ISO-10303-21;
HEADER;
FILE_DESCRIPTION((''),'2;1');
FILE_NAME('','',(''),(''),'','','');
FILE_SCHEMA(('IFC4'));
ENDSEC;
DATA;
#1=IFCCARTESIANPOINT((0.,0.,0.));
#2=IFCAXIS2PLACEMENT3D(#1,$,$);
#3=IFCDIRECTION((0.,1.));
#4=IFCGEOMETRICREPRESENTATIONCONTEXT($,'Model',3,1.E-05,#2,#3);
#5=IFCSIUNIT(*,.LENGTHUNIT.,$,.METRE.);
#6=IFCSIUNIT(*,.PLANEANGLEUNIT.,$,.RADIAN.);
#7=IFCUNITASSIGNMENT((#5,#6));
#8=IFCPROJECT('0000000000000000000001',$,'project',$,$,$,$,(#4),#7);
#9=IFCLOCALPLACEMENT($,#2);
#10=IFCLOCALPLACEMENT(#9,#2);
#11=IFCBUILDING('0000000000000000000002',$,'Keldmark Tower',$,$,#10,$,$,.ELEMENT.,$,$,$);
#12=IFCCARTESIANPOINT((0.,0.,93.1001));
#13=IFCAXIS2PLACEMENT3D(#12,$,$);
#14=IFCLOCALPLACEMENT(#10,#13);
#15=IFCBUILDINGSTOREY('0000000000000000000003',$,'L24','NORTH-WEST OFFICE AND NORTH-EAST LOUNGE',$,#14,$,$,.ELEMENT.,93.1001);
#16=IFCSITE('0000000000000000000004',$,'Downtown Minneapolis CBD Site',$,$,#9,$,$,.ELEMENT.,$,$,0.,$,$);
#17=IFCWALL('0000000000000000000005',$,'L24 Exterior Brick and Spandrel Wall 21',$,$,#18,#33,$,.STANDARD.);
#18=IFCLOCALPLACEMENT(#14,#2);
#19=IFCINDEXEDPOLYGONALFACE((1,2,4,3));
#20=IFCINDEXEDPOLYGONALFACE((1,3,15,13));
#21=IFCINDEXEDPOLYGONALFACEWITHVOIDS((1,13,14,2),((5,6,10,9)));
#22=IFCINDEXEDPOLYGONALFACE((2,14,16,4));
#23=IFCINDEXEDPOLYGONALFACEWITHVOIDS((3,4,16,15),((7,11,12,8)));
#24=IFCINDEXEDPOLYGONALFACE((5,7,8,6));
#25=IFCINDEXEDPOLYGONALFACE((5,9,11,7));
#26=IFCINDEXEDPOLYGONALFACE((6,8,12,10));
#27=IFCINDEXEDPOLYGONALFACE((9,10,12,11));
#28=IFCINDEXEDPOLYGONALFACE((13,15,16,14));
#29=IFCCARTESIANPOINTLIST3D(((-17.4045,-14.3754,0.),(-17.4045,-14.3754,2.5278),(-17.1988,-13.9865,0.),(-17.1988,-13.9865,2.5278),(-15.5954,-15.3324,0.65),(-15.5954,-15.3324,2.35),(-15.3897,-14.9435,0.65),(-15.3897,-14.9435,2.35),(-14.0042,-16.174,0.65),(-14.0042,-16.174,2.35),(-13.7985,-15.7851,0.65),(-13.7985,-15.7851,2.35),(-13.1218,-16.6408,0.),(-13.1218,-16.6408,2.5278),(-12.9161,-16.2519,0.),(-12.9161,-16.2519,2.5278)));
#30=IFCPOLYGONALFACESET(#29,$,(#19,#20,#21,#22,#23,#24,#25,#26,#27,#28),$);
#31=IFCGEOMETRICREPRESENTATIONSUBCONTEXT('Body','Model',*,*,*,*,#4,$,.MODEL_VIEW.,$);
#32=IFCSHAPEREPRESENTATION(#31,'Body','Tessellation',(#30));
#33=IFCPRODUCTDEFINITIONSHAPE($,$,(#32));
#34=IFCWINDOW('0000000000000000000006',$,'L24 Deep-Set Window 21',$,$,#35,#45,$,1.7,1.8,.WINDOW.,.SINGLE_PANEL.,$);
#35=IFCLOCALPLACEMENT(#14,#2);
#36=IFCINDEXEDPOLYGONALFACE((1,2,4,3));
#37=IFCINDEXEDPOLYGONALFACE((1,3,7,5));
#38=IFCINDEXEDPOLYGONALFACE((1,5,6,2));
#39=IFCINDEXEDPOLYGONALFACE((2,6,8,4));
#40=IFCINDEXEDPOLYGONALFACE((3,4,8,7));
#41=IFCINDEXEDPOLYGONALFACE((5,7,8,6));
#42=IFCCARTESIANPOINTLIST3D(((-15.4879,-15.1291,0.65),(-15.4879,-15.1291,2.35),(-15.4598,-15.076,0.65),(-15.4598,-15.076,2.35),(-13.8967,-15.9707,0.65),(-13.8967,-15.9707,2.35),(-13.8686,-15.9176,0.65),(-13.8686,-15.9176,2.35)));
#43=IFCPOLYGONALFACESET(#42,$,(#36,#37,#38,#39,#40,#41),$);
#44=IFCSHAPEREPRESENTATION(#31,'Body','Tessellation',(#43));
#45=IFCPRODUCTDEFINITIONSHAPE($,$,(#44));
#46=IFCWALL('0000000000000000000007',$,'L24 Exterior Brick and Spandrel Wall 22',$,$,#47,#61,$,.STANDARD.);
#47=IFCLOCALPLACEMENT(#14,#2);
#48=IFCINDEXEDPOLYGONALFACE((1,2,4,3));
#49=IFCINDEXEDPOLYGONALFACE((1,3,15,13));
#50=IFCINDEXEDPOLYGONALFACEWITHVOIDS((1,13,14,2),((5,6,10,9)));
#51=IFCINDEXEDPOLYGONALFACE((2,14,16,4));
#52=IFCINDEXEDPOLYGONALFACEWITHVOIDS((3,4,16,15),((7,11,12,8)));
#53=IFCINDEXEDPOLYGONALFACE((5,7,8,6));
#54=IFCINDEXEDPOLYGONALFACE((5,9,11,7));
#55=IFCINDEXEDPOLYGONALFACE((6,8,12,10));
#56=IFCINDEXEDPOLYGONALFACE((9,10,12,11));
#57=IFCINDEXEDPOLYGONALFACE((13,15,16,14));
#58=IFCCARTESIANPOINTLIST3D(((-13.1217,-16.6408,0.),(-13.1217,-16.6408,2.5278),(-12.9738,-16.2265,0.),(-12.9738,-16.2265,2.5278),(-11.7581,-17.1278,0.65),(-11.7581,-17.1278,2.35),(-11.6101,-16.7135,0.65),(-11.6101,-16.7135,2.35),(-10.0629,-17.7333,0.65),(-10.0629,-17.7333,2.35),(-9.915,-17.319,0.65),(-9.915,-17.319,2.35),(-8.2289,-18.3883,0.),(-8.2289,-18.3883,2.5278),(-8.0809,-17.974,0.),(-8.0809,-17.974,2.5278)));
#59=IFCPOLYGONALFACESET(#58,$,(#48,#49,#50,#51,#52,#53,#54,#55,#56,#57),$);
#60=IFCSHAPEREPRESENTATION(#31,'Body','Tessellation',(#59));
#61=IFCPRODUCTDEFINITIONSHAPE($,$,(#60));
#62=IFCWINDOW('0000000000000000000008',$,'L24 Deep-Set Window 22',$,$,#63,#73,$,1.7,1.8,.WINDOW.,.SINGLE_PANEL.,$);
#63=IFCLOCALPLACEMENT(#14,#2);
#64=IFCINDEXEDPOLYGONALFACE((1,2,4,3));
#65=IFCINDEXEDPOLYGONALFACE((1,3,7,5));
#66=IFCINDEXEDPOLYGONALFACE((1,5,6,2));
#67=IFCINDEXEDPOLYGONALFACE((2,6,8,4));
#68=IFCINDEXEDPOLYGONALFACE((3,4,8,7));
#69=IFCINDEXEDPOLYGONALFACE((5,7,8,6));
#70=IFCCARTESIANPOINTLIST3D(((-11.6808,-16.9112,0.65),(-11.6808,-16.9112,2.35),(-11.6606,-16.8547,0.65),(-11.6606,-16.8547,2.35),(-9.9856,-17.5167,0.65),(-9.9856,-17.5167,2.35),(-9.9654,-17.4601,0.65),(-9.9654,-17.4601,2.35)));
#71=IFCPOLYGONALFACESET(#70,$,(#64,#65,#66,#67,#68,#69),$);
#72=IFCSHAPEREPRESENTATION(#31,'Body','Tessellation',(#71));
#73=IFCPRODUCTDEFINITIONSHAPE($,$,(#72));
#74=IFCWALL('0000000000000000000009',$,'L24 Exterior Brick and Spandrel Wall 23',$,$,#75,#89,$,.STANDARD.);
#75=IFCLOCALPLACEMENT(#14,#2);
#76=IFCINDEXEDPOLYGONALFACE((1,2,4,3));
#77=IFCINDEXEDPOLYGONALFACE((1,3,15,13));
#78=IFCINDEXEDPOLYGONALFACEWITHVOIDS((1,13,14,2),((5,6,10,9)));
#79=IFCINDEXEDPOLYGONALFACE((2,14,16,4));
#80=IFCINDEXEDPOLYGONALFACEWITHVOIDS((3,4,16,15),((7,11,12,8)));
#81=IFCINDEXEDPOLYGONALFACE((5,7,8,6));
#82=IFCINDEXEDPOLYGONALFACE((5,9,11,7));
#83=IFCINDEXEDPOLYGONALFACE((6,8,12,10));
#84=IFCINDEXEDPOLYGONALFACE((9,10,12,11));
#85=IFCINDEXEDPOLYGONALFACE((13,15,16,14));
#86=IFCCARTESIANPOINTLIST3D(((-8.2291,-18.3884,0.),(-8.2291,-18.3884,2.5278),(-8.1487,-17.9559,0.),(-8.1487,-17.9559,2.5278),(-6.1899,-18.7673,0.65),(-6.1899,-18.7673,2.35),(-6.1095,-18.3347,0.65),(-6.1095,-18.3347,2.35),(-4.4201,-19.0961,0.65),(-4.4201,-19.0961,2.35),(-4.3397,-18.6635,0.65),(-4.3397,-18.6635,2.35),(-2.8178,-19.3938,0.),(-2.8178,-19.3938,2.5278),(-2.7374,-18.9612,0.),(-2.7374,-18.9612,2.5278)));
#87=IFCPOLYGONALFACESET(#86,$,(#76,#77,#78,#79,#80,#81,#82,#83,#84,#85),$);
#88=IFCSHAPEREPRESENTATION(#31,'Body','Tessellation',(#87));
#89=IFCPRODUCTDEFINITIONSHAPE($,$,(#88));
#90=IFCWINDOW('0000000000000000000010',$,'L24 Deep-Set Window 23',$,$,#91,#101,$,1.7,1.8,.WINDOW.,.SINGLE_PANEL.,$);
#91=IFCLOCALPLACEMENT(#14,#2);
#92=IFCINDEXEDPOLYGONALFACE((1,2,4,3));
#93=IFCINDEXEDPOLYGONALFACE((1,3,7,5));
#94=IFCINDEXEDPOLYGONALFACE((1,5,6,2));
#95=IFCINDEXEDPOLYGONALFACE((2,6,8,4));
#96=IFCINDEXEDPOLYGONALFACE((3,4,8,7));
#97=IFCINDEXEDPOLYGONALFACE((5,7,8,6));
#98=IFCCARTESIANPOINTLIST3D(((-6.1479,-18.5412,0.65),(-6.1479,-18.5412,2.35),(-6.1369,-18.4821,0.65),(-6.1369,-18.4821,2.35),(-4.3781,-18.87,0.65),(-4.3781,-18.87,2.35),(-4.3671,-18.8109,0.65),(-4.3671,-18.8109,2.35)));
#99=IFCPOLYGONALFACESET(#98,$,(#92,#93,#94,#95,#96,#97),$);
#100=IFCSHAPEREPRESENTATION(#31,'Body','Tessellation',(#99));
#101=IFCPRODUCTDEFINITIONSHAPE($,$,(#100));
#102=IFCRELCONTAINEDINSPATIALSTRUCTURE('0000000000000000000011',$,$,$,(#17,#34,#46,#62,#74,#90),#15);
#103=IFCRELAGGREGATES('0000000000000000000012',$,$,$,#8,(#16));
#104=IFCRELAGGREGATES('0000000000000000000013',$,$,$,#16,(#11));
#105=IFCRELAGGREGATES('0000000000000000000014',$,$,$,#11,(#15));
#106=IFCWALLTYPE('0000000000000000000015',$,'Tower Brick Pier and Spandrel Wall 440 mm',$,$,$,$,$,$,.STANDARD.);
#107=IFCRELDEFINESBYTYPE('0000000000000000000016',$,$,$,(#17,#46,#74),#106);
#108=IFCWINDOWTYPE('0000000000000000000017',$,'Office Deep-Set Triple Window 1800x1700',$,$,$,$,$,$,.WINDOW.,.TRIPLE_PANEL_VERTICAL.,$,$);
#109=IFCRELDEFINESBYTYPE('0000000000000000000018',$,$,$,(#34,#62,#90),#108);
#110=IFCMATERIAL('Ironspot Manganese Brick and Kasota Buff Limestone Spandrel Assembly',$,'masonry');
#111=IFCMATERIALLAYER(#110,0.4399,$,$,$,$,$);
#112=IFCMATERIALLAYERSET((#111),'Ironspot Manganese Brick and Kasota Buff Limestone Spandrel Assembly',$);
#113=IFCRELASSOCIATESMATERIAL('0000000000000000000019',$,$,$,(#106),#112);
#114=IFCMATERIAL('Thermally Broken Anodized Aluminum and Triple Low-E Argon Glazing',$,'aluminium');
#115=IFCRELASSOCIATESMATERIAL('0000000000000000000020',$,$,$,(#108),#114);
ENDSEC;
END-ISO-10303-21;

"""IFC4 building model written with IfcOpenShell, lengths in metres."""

from ifc_helpers import new_model, si_unit, direction, frame, frame_2d, origin, place, context, subcontext, project, spatial, rectangle, extrude, material, layer, layer_set, type_object, element, fill, save


model = new_model("IFC4")

# Units and contexts
model_context = context("Model", 3, precision=1e-05, world=origin(), true_north=direction((0.0, 1.0)))
body_context = subcontext(model_context, "Body", "Model", "MODEL_VIEW")
ifc_project = project(units=[si_unit("LENGTHUNIT", "METRE"), si_unit("PLANEANGLEUNIT", "RADIAN")], contexts=[model_context])

# Site, building, storey
site_placement = place(None, origin())
site = spatial("IfcSite", under=ifc_project, at=site_placement, Name="Downtown Minneapolis CBD Site", CompositionType="ELEMENT", RefElevation=0.0)
building_placement = place(site_placement, origin())
building = spatial("IfcBuilding", under=site, at=building_placement, Name="Keldmark Tower", CompositionType="ELEMENT")
storey_placement = place(building_placement, frame((0.0, 0.0, 93.1001)))
storey = spatial("IfcBuildingStorey", under=building, at=storey_placement, Name="L24", Description="NORTH-WEST OFFICE AND NORTH-EAST LOUNGE", CompositionType="ELEMENT", Elevation=93.1001)

# Walls, openings, windows
ifc_material_1 = material(Name="Ironspot Manganese Brick and Kasota Buff Limestone Spandrel Assembly", Category="masonry")
ifc_layer_1 = layer(ifc_material_1, 0.4399)
ifc_layer_set_1 = layer_set([ifc_layer_1], Name="Ironspot Manganese Brick and Kasota Buff Limestone Spandrel Assembly")
wall_type_1 = type_object("IfcWallType", Name="Tower Brick Pier and Spandrel Wall 440 mm", PredefinedType="STANDARD", material=ifc_layer_set_1)
wall_1_placement = place(storey_placement, frame((-13.019, -16.4463, 0.0), z_axis=(0.0, 0.0, 1.0), x_axis=(-0.883953, 0.467575, 0.0)))
wall_1 = element("IfcWall", 1, at=wall_1_placement, inside=storey, type_object=wall_type_1, Name="L24 Exterior Brick and Spandrel Wall 21", PredefinedType="STANDARD", context=body_context, shape_type="SweptSolid", body=[
    extrude(rectangle(XDim=4.845, YDim=0.4399, at=frame_2d((2.4224, 0.0))), origin(), (0.0, 0.0, 1.0), 2.5278),
])
opening_1_placement = place(wall_1_placement, frame((0.9983, 0.0, 0.6499)))
opening_1 = element("IfcOpeningElement", 2, at=opening_1_placement, cuts=wall_1, PredefinedType="OPENING", context=body_context, shape_type="SweptSolid", body=[
    extrude(rectangle(XDim=1.8, YDim=1.7, at=frame_2d((0.8999, 0.8501))), frame((0.0, 0.23, 0.0), z_axis=(0.0, -1.0, 0.0), x_axis=(1.0, 0.0, 0.0)), (0.0, 0.0, 1.0), 0.46),
])
ifc_material_2 = material(Name="Thermally Broken Anodized Aluminum and Triple Low-E Argon Glazing", Category="aluminium")
window_type = type_object("IfcWindowType", Name="Office Deep-Set Triple Window 1800x1700", PartitioningType="TRIPLE_PANEL_VERTICAL", PredefinedType="WINDOW", material=ifc_material_2)
window_1_placement = place(opening_1_placement, origin())
window_1 = element("IfcWindow", 3, at=window_1_placement, inside=storey, type_object=window_type, Name="L24 Deep-Set Window 21", OverallHeight=1.7, OverallWidth=1.8, PartitioningType="SINGLE_PANEL", PredefinedType="WINDOW", context=body_context, shape_type="SweptSolid", body=[
    extrude(rectangle(XDim=1.8, YDim=1.7, at=frame_2d((0.8999, 0.8501))), frame((0.0, -0.01, 0.0), z_axis=(0.0, -1.0, 0.0), x_axis=(1.0, 0.0, 0.0)), (0.0, 0.0, 1.0), 0.0601),
])
fill(opening_1, window_1)
wall_2_placement = place(storey_placement, frame((-8.155, -18.1812, 0.0), z_axis=(0.0, 0.0, 1.0), x_axis=(-0.941734, 0.336357, 0.0)))
wall_2 = element("IfcWall", 4, at=wall_2_placement, inside=storey, type_object=wall_type_1, Name="L24 Exterior Brick and Spandrel Wall 22", PredefinedType="STANDARD", context=body_context, shape_type="SweptSolid", body=[
    extrude(rectangle(XDim=5.1956, YDim=0.4399, at=frame_2d((2.5977, 0.0))), origin(), (0.0, 0.0, 1.0), 2.5278),
])
opening_2_placement = place(wall_2_placement, frame((1.9475, 0.0, 0.6499)))
opening_2 = element("IfcOpeningElement", 5, at=opening_2_placement, cuts=wall_2, PredefinedType="OPENING", context=body_context, shape_type="SweptSolid", body=[
    extrude(rectangle(XDim=1.8, YDim=1.7, at=frame_2d((0.8999, 0.8501))), frame((0.0, 0.23, 0.0), z_axis=(0.0, -1.0, 0.0), x_axis=(1.0, 0.0, 0.0)), (0.0, 0.0, 1.0), 0.46),
])
window_2_placement = place(opening_2_placement, origin())
window_2 = element("IfcWindow", 6, at=window_2_placement, inside=storey, type_object=window_type, Name="L24 Deep-Set Window 22", OverallHeight=1.7, OverallWidth=1.8, PartitioningType="SINGLE_PANEL", PredefinedType="WINDOW", context=body_context, shape_type="SweptSolid", body=[
    extrude(rectangle(XDim=1.8, YDim=1.7, at=frame_2d((0.8999, 0.8501))), frame((0.0, -0.01, 0.0), z_axis=(0.0, -1.0, 0.0), x_axis=(1.0, 0.0, 0.0)), (0.0, 0.0, 1.0), 0.0601),
])
fill(opening_2, window_2)
wall_3_placement = place(storey_placement, frame((-2.7776, -19.1775, 0.0), z_axis=(0.0, 0.0, 1.0), x_axis=(-0.983176, 0.182663, 0.0)))
wall_3 = element("IfcWall", 7, at=wall_3_placement, inside=storey, type_object=wall_type_1, Name="L24 Exterior Brick and Spandrel Wall 23", PredefinedType="STANDARD", context=body_context, shape_type="SweptSolid", body=[
    extrude(rectangle(XDim=5.5039, YDim=0.4399, at=frame_2d((2.752, 0.0))), origin(), (0.0, 0.0, 1.0), 2.5278),
])
opening_3_placement = place(wall_3_placement, frame((1.6299, 0.0, 0.6499)))
opening_3 = element("IfcOpeningElement", 8, at=opening_3_placement, cuts=wall_3, PredefinedType="OPENING", context=body_context, shape_type="SweptSolid", body=[
    extrude(rectangle(XDim=1.8, YDim=1.7, at=frame_2d((0.8999, 0.8501))), frame((0.0, 0.23, 0.0), z_axis=(0.0, -1.0, 0.0), x_axis=(1.0, 0.0, 0.0)), (0.0, 0.0, 1.0), 0.46),
])
window_3_placement = place(opening_3_placement, origin())
window_3 = element("IfcWindow", 9, at=window_3_placement, inside=storey, type_object=window_type, Name="L24 Deep-Set Window 23", OverallHeight=1.7, OverallWidth=1.8, PartitioningType="SINGLE_PANEL", PredefinedType="WINDOW", context=body_context, shape_type="SweptSolid", body=[
    extrude(rectangle(XDim=1.8, YDim=1.7, at=frame_2d((0.8999, 0.8501))), frame((0.0, -0.01, 0.0), z_axis=(0.0, -1.0, 0.0), x_axis=(1.0, 0.0, 0.0)), (0.0, 0.0, 1.0), 0.0601),
])
fill(opening_3, window_3)

save(model, "model.ifc")
